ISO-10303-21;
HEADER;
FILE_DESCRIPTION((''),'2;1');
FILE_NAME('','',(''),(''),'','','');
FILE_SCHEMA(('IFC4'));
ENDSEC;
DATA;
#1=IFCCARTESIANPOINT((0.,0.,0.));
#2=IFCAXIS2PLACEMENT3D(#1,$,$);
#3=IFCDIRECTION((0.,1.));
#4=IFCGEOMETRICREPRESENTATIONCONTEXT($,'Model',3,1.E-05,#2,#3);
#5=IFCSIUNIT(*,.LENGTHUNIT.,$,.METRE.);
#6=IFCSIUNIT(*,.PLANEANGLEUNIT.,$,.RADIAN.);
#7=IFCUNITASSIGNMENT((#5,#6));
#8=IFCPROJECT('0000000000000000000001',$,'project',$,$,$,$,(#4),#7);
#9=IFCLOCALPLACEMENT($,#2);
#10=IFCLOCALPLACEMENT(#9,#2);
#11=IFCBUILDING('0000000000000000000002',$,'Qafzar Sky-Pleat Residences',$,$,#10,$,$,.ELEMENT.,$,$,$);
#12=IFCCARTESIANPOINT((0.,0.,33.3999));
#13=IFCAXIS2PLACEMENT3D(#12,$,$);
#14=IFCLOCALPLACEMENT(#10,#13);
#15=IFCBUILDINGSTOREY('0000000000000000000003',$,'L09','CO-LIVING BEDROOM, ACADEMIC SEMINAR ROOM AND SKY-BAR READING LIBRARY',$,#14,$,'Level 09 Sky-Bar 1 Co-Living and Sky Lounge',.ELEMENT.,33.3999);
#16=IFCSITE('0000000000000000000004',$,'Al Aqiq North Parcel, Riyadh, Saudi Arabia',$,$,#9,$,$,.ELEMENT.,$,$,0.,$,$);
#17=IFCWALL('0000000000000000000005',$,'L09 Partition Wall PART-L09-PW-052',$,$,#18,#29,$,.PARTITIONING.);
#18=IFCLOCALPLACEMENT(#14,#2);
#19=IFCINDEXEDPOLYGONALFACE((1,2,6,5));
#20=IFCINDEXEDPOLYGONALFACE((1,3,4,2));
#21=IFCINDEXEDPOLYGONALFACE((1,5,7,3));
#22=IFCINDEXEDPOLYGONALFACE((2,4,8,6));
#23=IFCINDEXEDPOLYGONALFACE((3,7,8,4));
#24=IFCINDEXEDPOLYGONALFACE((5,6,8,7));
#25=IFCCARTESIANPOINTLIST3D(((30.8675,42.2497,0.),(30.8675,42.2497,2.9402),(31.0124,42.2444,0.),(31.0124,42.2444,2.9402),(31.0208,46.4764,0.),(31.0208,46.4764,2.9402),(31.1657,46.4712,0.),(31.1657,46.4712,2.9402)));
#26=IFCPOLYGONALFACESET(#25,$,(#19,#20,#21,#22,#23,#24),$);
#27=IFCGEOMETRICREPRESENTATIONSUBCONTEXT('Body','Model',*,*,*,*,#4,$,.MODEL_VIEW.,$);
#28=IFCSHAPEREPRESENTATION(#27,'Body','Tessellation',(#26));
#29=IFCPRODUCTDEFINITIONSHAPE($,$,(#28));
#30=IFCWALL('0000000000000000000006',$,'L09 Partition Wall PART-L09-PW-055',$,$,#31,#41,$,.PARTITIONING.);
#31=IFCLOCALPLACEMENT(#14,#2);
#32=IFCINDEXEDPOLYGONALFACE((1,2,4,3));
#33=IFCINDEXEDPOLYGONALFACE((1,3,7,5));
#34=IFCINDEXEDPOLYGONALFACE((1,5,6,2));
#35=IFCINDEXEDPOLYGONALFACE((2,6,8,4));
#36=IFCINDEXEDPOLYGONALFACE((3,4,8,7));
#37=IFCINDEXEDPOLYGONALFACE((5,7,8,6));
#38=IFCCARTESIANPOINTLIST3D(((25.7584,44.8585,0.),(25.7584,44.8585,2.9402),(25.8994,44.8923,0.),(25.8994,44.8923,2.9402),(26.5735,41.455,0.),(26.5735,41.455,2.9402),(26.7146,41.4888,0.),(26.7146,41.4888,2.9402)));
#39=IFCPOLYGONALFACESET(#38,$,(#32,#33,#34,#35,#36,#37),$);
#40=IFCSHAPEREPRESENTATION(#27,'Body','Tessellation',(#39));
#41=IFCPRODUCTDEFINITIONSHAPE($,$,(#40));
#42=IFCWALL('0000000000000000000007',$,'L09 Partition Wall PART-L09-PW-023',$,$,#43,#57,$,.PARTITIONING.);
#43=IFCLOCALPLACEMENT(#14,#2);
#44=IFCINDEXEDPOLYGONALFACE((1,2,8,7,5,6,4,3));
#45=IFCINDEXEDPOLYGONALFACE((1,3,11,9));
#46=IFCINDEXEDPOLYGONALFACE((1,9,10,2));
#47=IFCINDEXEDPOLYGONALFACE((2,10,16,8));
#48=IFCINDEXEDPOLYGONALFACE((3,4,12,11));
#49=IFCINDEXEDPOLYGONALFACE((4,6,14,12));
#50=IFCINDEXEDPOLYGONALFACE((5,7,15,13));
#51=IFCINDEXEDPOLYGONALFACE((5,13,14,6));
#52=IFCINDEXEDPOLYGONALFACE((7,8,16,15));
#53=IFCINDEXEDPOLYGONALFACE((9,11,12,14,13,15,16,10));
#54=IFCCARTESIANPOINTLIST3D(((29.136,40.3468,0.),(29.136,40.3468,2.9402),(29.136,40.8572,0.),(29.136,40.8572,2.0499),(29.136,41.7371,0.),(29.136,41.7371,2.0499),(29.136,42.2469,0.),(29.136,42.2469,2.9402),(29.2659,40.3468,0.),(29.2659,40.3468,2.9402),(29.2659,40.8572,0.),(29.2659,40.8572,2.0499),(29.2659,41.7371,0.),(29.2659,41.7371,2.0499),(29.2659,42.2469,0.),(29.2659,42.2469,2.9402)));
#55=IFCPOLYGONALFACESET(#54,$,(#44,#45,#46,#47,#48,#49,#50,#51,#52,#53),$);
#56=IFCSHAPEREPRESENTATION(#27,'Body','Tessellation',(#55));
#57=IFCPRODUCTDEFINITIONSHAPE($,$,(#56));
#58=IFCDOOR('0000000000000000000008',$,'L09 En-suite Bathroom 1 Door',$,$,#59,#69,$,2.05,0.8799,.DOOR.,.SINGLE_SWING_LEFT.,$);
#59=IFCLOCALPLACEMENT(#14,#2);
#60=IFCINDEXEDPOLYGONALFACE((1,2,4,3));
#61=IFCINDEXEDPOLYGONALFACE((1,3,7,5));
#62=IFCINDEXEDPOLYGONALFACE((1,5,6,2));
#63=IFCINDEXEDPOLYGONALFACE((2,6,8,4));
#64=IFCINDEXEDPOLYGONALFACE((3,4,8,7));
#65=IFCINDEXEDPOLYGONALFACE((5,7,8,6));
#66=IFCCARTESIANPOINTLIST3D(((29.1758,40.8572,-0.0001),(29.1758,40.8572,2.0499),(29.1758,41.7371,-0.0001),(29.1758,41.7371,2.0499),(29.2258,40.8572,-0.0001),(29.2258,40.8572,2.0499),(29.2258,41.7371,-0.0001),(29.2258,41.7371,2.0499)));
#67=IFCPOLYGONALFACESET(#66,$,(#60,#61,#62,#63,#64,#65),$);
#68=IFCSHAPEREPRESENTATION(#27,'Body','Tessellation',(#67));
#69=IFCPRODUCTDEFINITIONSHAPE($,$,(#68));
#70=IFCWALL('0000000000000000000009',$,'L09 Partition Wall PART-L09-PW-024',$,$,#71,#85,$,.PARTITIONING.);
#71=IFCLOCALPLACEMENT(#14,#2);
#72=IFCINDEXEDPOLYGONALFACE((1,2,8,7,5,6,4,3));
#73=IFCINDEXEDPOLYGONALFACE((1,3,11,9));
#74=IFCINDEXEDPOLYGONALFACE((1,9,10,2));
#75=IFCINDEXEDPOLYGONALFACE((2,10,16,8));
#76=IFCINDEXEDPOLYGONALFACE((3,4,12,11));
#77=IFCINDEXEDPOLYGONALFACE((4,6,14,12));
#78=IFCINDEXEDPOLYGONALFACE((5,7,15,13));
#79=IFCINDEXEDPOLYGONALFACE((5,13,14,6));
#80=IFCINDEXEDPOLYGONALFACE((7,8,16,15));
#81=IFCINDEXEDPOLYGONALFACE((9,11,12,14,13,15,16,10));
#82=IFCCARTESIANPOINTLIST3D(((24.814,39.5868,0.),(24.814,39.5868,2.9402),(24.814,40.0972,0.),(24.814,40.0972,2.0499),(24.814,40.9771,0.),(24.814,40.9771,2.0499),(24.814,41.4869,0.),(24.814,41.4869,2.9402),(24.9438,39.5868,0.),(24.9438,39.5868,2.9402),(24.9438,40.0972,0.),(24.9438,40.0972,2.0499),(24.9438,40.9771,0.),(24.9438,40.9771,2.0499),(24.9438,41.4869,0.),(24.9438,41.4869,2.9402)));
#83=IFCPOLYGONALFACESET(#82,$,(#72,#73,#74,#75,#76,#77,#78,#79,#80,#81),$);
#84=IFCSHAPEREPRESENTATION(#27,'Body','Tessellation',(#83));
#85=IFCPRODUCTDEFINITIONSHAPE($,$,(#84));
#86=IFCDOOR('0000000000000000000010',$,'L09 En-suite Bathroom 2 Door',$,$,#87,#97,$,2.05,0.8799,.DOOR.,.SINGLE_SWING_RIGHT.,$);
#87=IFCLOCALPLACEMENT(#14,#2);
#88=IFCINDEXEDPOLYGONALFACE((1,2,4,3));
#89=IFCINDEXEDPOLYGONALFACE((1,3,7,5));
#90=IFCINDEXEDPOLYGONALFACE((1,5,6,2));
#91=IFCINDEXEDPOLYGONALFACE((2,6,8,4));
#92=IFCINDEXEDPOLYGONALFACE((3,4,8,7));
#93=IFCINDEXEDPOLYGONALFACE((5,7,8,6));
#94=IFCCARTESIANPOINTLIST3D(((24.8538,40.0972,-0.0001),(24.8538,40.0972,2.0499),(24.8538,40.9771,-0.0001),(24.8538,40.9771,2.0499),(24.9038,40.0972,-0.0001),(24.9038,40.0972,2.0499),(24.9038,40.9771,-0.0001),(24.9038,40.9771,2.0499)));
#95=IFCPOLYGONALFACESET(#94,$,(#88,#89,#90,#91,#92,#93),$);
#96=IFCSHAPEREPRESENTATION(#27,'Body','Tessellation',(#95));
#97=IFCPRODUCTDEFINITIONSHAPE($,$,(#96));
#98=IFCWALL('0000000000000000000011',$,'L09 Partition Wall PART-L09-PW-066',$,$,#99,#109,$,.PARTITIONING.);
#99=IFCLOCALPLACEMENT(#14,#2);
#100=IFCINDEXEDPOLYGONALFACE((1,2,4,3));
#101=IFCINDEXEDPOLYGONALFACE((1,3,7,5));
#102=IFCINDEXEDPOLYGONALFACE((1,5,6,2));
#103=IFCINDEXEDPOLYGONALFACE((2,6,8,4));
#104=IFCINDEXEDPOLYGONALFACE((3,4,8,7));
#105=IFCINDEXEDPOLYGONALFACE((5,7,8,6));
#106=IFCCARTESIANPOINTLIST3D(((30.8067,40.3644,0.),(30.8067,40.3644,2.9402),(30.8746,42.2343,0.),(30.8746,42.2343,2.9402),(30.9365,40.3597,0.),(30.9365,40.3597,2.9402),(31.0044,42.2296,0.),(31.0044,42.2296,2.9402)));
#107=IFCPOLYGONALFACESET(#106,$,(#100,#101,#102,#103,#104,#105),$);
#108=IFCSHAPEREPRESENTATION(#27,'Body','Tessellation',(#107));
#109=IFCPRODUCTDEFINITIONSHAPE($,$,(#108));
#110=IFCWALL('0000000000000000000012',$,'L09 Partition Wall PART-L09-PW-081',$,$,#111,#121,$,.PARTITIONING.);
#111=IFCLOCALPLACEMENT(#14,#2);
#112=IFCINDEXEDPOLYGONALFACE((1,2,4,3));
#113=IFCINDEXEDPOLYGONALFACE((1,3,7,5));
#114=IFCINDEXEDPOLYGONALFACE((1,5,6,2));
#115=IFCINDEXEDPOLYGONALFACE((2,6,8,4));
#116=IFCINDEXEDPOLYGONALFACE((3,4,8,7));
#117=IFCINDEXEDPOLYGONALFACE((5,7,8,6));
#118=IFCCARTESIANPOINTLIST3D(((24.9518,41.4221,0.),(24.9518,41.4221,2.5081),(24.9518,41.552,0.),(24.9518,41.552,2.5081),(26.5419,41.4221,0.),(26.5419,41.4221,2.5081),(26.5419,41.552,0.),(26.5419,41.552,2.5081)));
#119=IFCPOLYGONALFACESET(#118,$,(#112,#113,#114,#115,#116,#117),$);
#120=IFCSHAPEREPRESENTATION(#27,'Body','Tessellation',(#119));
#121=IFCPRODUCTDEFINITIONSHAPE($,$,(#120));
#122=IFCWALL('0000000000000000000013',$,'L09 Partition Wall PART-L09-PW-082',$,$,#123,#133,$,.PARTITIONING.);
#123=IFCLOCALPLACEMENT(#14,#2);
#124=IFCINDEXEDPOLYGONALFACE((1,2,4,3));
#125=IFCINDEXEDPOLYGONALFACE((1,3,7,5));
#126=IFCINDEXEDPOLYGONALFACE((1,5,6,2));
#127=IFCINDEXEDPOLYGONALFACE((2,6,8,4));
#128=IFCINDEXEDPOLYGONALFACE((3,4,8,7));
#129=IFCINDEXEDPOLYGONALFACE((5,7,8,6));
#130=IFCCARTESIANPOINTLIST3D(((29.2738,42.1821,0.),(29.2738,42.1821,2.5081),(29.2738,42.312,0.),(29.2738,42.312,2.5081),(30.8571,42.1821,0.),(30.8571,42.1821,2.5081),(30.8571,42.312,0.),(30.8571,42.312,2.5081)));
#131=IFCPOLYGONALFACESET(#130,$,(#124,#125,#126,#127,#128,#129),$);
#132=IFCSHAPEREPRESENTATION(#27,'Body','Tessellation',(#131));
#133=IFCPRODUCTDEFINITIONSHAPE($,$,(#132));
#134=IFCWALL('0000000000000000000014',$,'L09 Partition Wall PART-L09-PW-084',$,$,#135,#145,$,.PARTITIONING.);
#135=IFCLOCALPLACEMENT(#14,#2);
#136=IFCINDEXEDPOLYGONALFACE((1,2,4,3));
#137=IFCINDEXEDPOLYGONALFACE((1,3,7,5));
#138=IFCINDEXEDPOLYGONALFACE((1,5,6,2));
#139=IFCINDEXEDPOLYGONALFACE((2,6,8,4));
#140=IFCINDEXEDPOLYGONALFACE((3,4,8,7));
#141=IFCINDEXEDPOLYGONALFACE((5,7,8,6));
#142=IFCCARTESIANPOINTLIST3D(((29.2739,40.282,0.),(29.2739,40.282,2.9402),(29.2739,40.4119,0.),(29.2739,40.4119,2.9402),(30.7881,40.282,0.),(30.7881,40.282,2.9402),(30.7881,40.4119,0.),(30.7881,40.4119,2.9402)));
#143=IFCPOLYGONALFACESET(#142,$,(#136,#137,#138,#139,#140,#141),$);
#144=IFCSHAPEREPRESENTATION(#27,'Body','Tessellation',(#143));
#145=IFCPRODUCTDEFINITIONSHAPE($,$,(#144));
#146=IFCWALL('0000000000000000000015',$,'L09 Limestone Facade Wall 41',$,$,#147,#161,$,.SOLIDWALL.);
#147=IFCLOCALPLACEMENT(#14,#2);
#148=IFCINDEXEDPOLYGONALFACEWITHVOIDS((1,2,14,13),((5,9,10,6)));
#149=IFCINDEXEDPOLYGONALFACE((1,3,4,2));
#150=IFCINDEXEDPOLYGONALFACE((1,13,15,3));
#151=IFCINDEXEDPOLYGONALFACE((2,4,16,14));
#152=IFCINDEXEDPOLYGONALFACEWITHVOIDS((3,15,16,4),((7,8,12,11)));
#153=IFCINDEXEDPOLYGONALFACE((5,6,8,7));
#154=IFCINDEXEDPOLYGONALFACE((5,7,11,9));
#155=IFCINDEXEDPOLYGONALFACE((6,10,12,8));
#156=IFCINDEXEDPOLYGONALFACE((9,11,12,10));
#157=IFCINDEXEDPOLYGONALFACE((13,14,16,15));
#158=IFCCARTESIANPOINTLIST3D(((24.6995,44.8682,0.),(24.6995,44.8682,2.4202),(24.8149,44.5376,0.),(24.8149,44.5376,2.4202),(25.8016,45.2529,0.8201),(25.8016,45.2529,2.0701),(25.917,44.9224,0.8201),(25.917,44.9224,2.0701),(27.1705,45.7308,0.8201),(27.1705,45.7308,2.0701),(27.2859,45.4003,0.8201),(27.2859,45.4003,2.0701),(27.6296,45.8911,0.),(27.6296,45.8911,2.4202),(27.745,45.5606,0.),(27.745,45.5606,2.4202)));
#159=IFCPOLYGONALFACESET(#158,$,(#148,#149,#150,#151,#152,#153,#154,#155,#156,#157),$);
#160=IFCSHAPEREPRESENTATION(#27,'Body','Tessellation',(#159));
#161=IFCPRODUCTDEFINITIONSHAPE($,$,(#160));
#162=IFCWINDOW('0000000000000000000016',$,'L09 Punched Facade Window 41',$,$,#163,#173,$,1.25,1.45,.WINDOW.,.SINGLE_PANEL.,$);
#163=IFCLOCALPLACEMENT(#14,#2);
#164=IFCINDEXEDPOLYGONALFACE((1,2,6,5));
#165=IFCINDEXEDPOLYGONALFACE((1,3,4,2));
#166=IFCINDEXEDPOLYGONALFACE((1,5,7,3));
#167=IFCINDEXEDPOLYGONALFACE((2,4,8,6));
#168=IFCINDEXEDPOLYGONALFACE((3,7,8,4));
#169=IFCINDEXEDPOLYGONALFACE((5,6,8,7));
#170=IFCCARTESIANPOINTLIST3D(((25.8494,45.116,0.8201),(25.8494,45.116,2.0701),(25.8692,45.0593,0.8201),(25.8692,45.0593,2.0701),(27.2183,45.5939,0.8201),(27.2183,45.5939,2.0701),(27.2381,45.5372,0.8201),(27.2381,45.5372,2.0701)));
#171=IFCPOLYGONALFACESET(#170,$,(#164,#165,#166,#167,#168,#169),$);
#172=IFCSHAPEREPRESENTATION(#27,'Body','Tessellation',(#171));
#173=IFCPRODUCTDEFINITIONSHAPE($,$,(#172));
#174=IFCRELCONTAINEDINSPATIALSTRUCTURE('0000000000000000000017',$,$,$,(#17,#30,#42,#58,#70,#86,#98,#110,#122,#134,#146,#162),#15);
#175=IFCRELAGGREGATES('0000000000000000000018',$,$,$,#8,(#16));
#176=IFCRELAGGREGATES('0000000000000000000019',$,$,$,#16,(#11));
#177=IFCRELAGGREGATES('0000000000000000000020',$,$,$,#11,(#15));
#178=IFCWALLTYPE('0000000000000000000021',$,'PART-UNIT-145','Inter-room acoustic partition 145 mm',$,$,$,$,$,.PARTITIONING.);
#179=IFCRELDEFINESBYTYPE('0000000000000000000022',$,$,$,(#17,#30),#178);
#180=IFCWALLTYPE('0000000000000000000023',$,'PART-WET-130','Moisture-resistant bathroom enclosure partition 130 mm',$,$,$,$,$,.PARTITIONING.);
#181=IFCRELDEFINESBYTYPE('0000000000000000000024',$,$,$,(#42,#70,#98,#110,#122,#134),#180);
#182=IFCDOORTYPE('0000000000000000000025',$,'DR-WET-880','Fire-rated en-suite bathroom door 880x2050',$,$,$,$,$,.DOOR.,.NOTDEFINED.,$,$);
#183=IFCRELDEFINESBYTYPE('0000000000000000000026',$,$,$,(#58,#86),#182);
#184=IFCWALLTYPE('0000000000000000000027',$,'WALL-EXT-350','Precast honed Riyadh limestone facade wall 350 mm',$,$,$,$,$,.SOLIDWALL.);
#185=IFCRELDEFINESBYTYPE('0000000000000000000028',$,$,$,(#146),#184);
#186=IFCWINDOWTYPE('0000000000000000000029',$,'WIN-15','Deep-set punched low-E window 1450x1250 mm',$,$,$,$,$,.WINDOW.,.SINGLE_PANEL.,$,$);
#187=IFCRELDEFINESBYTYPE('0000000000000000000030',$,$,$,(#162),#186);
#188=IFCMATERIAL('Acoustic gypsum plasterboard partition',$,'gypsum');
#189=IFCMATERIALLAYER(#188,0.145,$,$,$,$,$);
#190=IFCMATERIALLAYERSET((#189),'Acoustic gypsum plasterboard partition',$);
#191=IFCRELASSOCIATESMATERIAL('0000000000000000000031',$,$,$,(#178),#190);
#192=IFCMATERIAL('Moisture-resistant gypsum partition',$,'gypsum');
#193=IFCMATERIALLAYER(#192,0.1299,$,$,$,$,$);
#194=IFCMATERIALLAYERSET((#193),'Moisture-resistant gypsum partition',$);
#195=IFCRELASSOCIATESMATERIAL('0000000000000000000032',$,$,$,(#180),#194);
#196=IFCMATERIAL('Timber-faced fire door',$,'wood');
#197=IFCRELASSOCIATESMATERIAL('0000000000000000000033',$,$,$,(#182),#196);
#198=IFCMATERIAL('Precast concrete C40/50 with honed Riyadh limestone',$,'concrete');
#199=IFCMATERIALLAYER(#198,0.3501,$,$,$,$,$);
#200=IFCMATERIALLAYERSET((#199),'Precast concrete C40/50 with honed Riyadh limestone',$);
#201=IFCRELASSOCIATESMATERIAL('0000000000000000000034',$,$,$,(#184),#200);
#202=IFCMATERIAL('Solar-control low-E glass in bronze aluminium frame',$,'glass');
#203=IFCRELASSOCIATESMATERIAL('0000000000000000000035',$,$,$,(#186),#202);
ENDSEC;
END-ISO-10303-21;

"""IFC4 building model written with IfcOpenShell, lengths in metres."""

from ifc_helpers import new_model, si_unit, direction, frame, frame_2d, origin, place, context, subcontext, project, spatial, rectangle, extrude, source, transform, mapped, material, layer, layer_set, type_object, element, fill, save


model = new_model("IFC4")

# Units and contexts
model_context = context("Model", 3, precision=1e-05, world=origin(), true_north=direction((0.0, 1.0)))
body_context = subcontext(model_context, "Body", "Model", "MODEL_VIEW")
ifc_project = project(units=[si_unit("LENGTHUNIT", "METRE"), si_unit("PLANEANGLEUNIT", "RADIAN")], contexts=[model_context])

# Site, building, storey
site_placement = place(None, origin())
site = spatial("IfcSite", under=ifc_project, at=site_placement, Name="Al Aqiq North Parcel, Riyadh, Saudi Arabia", CompositionType="ELEMENT", RefElevation=0.0)
building_placement = place(site_placement, origin())
building = spatial("IfcBuilding", under=site, at=building_placement, Name="Qafzar Sky-Pleat Residences", CompositionType="ELEMENT")
storey_placement = place(building_placement, frame((0.0, 0.0, 33.3999)))
storey = spatial("IfcBuildingStorey", under=building, at=storey_placement, Name="L09", Description="CO-LIVING BEDROOM, ACADEMIC SEMINAR ROOM AND SKY-BAR READING LIBRARY", LongName="Level 09 Sky-Bar 1 Co-Living and Sky Lounge", CompositionType="ELEMENT", Elevation=33.3999)

# Walls
ifc_material_1 = material(Name="Acoustic gypsum plasterboard partition", Category="gypsum")
ifc_layer_1 = layer(ifc_material_1, 0.145)
ifc_layer_set_1 = layer_set([ifc_layer_1], Name="Acoustic gypsum plasterboard partition")
wall_type_1 = type_object("IfcWallType", Name="PART-UNIT-145", Description="Inter-room acoustic partition 145 mm", PredefinedType="PARTITIONING", material=ifc_layer_set_1)
wall_1_placement = place(storey_placement, frame((30.9399, 42.2471, 0.0), z_axis=(0.0, 0.0, 1.0), x_axis=(0.036249, 0.999343, 0.0)))
element("IfcWall", 1, at=wall_1_placement, inside=storey, type_object=wall_type_1, Name="L09 Partition Wall PART-L09-PW-052", PredefinedType="PARTITIONING", context=body_context, shape_type="SweptSolid", body=[
    extrude(rectangle(XDim=4.2295, YDim=0.145, at=frame_2d((2.1147, 0.0))), origin(), (0.0, 0.0, 1.0), 2.9402),
])
wall_2_placement = place(storey_placement, frame((25.8289, 44.8755, 0.0), z_axis=(0.0, 0.0, 1.0), x_axis=(0.232922, -0.972495, 0.0)))
element("IfcWall", 2, at=wall_2_placement, inside=storey, type_object=wall_type_1, Name="L09 Partition Wall PART-L09-PW-055", PredefinedType="PARTITIONING", context=body_context, shape_type="SweptSolid", body=[
    extrude(rectangle(XDim=3.4998, YDim=0.145, at=frame_2d((1.75, 0.0))), origin(), (0.0, 0.0, 1.0), 2.9402),
])

# Walls, openings, doors
ifc_material_2 = material(Name="Moisture-resistant gypsum partition", Category="gypsum")
ifc_layer_2 = layer(ifc_material_2, 0.1299)
ifc_layer_set_2 = layer_set([ifc_layer_2], Name="Moisture-resistant gypsum partition")
wall_type_2 = type_object("IfcWallType", Name="PART-WET-130", Description="Moisture-resistant bathroom enclosure partition 130 mm", PredefinedType="PARTITIONING", material=ifc_layer_set_2)
wall_3_placement = place(storey_placement, frame((29.2009, 42.2471, 0.0), z_axis=(0.0, 0.0, 1.0), x_axis=(0.0, -1.0, 0.0)))
wall_3 = element("IfcWall", 3, at=wall_3_placement, inside=storey, type_object=wall_type_2, Name="L09 Partition Wall PART-L09-PW-023", PredefinedType="PARTITIONING", context=body_context, shape_type="SweptSolid", body=[
    extrude(rectangle(XDim=1.9001, YDim=0.1299, at=frame_2d((0.9502, 0.0))), origin(), (0.0, 0.0, 1.0), 2.9402),
])
opening_1_placement = place(wall_3_placement, frame((0.51, 0.0, 0.0)))
opening_1 = element("IfcOpeningElement", 4, at=opening_1_placement, cuts=wall_3, PredefinedType="OPENING", context=body_context, shape_type="SweptSolid", body=[
    extrude(rectangle(XDim=0.8799, YDim=2.05, at=frame_2d((0.4399, 1.0249))), frame((0.0, 0.075, 0.0), z_axis=(0.0, -1.0, 0.0), x_axis=(1.0, 0.0, 0.0)), (0.0, 0.0, 1.0), 0.1499),
])
ifc_material_3 = material(Name="Timber-faced fire door", Category="wood")
door_type = type_object("IfcDoorType", Name="DR-WET-880", Description="Fire-rated en-suite bathroom door 880x2050", OperationType="NOTDEFINED", PredefinedType="DOOR", material=ifc_material_3)
shared_shape_1 = source(origin(), body_context, "Body", "SweptSolid", [
    extrude(rectangle(XDim=0.8799, YDim=2.05, at=frame_2d((0.4399, 1.0249))), frame((0.0, 0.0249, 0.0), z_axis=(0.0, -1.0, 0.0), x_axis=(1.0, 0.0, 0.0)), (0.0, 0.0, 1.0), 0.05),
])
door_1_placement = place(opening_1_placement, origin())
door_1 = element("IfcDoor", 5, at=door_1_placement, inside=storey, type_object=door_type, Name="L09 En-suite Bathroom 1 Door", OperationType="SINGLE_SWING_LEFT", OverallHeight=2.05, OverallWidth=0.8799, PredefinedType="DOOR", context=body_context, shape_type="MappedRepresentation", body=[
    mapped(shared_shape_1, transform((0.0, 0.0, 0.0), x_axis=(1.0, 0.0, 0.0), y_axis=(0.0, 1.0, 0.0), z_axis=(0.0, 0.0, 1.0), scale=1.0)),
])
fill(opening_1, door_1)
wall_4_placement = place(storey_placement, frame((24.8789, 41.4871, 0.0), z_axis=(0.0, 0.0, 1.0), x_axis=(0.0, -1.0, 0.0)))
wall_4 = element("IfcWall", 6, at=wall_4_placement, inside=storey, type_object=wall_type_2, Name="L09 Partition Wall PART-L09-PW-024", PredefinedType="PARTITIONING", context=body_context, shape_type="SweptSolid", body=[
    extrude(rectangle(XDim=1.9001, YDim=0.1299, at=frame_2d((0.9502, 0.0))), origin(), (0.0, 0.0, 1.0), 2.9402),
])
opening_2_placement = place(wall_4_placement, frame((0.51, 0.0, 0.0)))
opening_2 = element("IfcOpeningElement", 7, at=opening_2_placement, cuts=wall_4, PredefinedType="OPENING", context=body_context, shape_type="SweptSolid", body=[
    extrude(rectangle(XDim=0.8799, YDim=2.05, at=frame_2d((0.4399, 1.0249))), frame((0.0, 0.075, 0.0), z_axis=(0.0, -1.0, 0.0), x_axis=(1.0, 0.0, 0.0)), (0.0, 0.0, 1.0), 0.1499),
])
door_2_placement = place(opening_2_placement, origin())
door_2 = element("IfcDoor", 8, at=door_2_placement, inside=storey, type_object=door_type, Name="L09 En-suite Bathroom 2 Door", OperationType="SINGLE_SWING_RIGHT", OverallHeight=2.05, OverallWidth=0.8799, PredefinedType="DOOR", context=body_context, shape_type="MappedRepresentation", body=[
    mapped(shared_shape_1, transform((0.0, 0.0, 0.0), x_axis=(1.0, 0.0, 0.0), y_axis=(0.0, 1.0, 0.0), z_axis=(0.0, 0.0, 1.0), scale=1.0)),
])
fill(opening_2, door_2)

# Walls
wall_5_placement = place(storey_placement, frame((30.8716, 40.3621, 0.0), z_axis=(0.0, 0.0, 1.0), x_axis=(0.036273, 0.999342, 0.0)))
element("IfcWall", 9, at=wall_5_placement, inside=storey, type_object=wall_type_2, Name="L09 Partition Wall PART-L09-PW-066", PredefinedType="PARTITIONING", context=body_context, shape_type="SweptSolid", body=[
    extrude(rectangle(XDim=1.8711, YDim=0.1299, at=frame_2d((0.9355, 0.0))), origin(), (0.0, 0.0, 1.0), 2.9402),
])
wall_6_placement = place(storey_placement, frame((24.9519, 41.4871, 0.0), z_axis=(0.0, 0.0, 1.0), x_axis=(1.0, 0.0, 0.0)))
element("IfcWall", 10, at=wall_6_placement, inside=storey, type_object=wall_type_2, Name="L09 Partition Wall PART-L09-PW-081", PredefinedType="PARTITIONING", context=body_context, shape_type="SweptSolid", body=[
    extrude(rectangle(XDim=1.5901, YDim=0.1299, at=frame_2d((0.7949, 0.0))), origin(), (0.0, 0.0, 1.0), 2.5081),
])
wall_7_placement = place(storey_placement, frame((29.2739, 42.2471, 0.0), z_axis=(0.0, 0.0, 1.0), x_axis=(1.0, 0.0, 0.0)))
element("IfcWall", 11, at=wall_7_placement, inside=storey, type_object=wall_type_2, Name="L09 Partition Wall PART-L09-PW-082", PredefinedType="PARTITIONING", context=body_context, shape_type="SweptSolid", body=[
    extrude(rectangle(XDim=1.5833, YDim=0.1299, at=frame_2d((0.7915, 0.0))), origin(), (0.0, 0.0, 1.0), 2.5081),
])
wall_8_placement = place(storey_placement, frame((29.2739, 40.3469, 0.0), z_axis=(0.0, 0.0, 1.0), x_axis=(1.0, 0.0, 0.0)))
element("IfcWall", 12, at=wall_8_placement, inside=storey, type_object=wall_type_2, Name="L09 Partition Wall PART-L09-PW-084", PredefinedType="PARTITIONING", context=body_context, shape_type="SweptSolid", body=[
    extrude(rectangle(XDim=1.5142, YDim=0.1299, at=frame_2d((0.7571, 0.0))), origin(), (0.0, 0.0, 1.0), 2.9402),
])

# Wall, opening, window
ifc_material_4 = material(Name="Precast concrete C40/50 with honed Riyadh limestone", Category="concrete")
ifc_layer_3 = layer(ifc_material_4, 0.3501)
ifc_layer_set_3 = layer_set([ifc_layer_3], Name="Precast concrete C40/50 with honed Riyadh limestone")
wall_type_3 = type_object("IfcWallType", Name="WALL-EXT-350", Description="Precast honed Riyadh limestone facade wall 350 mm", PredefinedType="SOLIDWALL", material=ifc_layer_set_3)
wall_9_placement = place(storey_placement, frame((27.6873, 45.7258, 0.0), z_axis=(0.0, 0.0, 1.0), x_axis=(-0.944121, -0.3296, 0.0)))
wall_9 = element("IfcWall", 13, at=wall_9_placement, inside=storey, type_object=wall_type_3, Name="L09 Limestone Facade Wall 41", PredefinedType="SOLIDWALL", context=body_context, shape_type="SweptSolid", body=[
    extrude(rectangle(XDim=3.1035, YDim=0.3501, at=frame_2d((1.5518, 0.0))), origin(), (0.0, 0.0, 1.0), 2.4202),
])
opening_3_placement = place(wall_9_placement, frame((0.4861, 0.0, 0.8201)))
opening_3 = element("IfcOpeningElement", 14, at=opening_3_placement, cuts=wall_9, PredefinedType="OPENING", context=body_context, shape_type="SweptSolid", body=[
    extrude(rectangle(XDim=1.45, YDim=1.25, at=frame_2d((0.7251, 0.625))), frame((0.0, 0.1851, 0.0), z_axis=(0.0, -1.0, 0.0), x_axis=(1.0, 0.0, 0.0)), (0.0, 0.0, 1.0), 0.3701),
])
ifc_material_5 = material(Name="Solar-control low-E glass in bronze aluminium frame", Category="glass")
window_type_1 = type_object("IfcWindowType", Name="WIN-15", Description="Deep-set punched low-E window 1450x1250 mm", PartitioningType="SINGLE_PANEL", PredefinedType="WINDOW", material=ifc_material_5)
shared_shape_2 = source(origin(), body_context, "Body", "SweptSolid", [
    extrude(rectangle(XDim=1.45, YDim=1.25, at=frame_2d((0.7251, 0.625))), frame((0.0, 0.03, 0.0), z_axis=(0.0, -1.0, 0.0), x_axis=(1.0, 0.0, 0.0)), (0.0, 0.0, 1.0), 0.0601),
])
window_1_placement = place(opening_3_placement, origin())
window_1 = element("IfcWindow", 15, at=window_1_placement, inside=storey, type_object=window_type_1, Name="L09 Punched Facade Window 41", OverallHeight=1.25, OverallWidth=1.45, PartitioningType="SINGLE_PANEL", PredefinedType="WINDOW", context=body_context, shape_type="MappedRepresentation", body=[
    mapped(shared_shape_2, transform((0.0, 0.0, 0.0), x_axis=(1.0, 0.0, 0.0), y_axis=(0.0, 1.0, 0.0), z_axis=(0.0, 0.0, 1.0), scale=1.0)),
])
fill(opening_3, window_1)

save(model, "model.ifc")
